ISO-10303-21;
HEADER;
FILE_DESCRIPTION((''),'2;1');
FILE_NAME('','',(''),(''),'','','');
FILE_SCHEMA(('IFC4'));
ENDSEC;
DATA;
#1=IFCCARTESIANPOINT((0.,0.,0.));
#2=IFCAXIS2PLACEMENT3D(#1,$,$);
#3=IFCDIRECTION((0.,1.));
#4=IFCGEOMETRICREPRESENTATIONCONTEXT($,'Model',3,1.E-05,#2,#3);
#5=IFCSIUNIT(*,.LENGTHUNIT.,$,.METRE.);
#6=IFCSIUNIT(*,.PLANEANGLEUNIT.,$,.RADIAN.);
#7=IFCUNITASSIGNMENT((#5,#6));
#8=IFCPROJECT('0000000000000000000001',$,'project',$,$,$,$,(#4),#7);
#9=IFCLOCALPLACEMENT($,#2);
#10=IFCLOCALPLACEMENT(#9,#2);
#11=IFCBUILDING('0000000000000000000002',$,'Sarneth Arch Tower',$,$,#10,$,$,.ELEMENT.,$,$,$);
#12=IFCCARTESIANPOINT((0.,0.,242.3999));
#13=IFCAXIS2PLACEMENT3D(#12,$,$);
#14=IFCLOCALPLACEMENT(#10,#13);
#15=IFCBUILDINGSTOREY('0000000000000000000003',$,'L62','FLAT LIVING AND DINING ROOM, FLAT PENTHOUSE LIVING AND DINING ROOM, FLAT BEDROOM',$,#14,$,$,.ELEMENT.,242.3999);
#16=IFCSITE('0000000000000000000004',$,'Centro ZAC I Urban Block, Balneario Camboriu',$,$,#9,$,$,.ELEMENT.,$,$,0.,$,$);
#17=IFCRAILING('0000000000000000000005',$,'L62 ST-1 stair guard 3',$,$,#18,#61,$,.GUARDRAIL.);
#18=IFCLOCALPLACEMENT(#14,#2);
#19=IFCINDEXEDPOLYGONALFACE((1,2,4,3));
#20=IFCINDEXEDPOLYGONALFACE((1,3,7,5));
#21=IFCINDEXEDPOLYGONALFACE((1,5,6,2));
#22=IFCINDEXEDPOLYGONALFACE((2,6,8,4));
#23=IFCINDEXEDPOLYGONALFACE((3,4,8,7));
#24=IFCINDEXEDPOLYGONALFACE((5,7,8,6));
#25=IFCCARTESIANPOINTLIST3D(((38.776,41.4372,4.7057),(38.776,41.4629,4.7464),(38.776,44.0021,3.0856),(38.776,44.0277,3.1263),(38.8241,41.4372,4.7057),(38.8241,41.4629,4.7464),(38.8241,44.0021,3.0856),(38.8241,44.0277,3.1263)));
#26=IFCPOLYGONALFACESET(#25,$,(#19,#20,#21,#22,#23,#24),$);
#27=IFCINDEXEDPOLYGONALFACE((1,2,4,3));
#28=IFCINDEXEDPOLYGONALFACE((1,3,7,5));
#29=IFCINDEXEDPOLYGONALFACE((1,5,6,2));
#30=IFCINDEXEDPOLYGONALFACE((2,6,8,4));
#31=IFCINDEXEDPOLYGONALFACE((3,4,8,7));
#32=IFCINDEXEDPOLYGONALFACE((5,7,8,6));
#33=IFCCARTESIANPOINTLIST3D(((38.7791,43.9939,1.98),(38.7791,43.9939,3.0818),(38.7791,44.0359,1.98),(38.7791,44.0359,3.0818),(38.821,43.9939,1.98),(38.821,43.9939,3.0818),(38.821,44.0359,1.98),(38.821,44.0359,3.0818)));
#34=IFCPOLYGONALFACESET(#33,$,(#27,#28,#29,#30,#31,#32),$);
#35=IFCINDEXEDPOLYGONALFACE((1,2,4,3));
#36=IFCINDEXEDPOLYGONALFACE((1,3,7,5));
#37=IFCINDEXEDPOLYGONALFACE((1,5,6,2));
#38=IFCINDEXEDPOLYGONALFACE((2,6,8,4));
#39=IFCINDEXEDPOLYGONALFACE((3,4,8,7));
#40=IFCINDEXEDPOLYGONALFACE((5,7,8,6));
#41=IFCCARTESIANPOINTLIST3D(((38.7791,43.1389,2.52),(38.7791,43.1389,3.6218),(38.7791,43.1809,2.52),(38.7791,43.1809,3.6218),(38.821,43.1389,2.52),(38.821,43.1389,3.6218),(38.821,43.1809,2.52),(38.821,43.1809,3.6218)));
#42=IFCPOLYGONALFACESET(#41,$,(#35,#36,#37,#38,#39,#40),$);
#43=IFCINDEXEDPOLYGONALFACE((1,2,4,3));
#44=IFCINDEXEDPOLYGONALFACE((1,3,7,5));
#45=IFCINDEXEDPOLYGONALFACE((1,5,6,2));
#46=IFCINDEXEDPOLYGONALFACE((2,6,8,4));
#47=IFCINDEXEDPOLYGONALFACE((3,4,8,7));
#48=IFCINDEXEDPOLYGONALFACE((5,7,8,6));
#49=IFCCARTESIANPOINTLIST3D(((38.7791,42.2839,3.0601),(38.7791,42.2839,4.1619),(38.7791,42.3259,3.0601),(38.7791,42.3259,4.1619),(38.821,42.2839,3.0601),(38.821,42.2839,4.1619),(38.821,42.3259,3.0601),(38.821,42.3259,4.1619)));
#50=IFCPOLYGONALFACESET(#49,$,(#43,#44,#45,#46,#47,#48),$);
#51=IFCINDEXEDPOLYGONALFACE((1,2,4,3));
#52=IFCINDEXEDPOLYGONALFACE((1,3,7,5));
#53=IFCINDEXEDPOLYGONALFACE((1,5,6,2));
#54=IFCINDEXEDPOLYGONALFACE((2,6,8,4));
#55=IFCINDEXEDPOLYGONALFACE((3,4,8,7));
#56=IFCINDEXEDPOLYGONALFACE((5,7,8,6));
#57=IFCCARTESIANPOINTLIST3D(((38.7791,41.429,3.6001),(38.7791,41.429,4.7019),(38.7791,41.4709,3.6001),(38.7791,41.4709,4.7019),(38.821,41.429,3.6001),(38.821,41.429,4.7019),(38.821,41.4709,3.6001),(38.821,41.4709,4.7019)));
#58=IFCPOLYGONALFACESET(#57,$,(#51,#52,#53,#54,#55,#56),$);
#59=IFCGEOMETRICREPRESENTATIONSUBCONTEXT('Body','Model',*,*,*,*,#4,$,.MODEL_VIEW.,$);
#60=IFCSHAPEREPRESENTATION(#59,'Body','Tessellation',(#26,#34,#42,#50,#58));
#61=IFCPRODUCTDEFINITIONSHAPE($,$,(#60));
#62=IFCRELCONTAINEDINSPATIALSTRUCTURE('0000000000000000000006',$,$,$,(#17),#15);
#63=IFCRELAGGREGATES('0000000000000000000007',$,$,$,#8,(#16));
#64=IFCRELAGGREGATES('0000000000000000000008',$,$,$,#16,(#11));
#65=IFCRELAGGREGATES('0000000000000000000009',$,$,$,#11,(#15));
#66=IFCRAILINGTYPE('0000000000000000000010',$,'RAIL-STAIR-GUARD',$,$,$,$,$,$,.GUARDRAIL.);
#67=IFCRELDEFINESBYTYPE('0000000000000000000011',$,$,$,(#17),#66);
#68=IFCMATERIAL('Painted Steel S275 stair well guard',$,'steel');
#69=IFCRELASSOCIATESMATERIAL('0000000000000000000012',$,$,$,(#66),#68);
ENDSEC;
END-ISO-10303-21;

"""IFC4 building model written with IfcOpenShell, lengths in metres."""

from ifc_helpers import new_model, si_unit, direction, frame, origin, origin_2d, place, context, subcontext, project, spatial, rectangle, extrude, material, type_object, element, save


model = new_model("IFC4")

# Units and contexts
model_context = context("Model", 3, precision=1e-05, world=origin(), true_north=direction((0.0, 1.0)))
body_context = subcontext(model_context, "Body", "Model", "MODEL_VIEW")
ifc_project = project(units=[si_unit("LENGTHUNIT", "METRE"), si_unit("PLANEANGLEUNIT", "RADIAN")], contexts=[model_context])

# Site, building, storey
site_placement = place(None, origin())
site = spatial("IfcSite", under=ifc_project, at=site_placement, Name="Centro ZAC I Urban Block, Balneario Camboriu", CompositionType="ELEMENT", RefElevation=0.0)
building_placement = place(site_placement, origin())
building = spatial("IfcBuilding", under=site, at=building_placement, Name="Sarneth Arch Tower", CompositionType="ELEMENT")
storey_placement = place(building_placement, frame((0.0, 0.0, 242.3999)))
storey = spatial("IfcBuildingStorey", under=building, at=storey_placement, Name="L62", Description="FLAT LIVING AND DINING ROOM, FLAT PENTHOUSE LIVING AND DINING ROOM, FLAT BEDROOM", CompositionType="ELEMENT", Elevation=242.3999)

# Railing
ifc_material_1 = material(Name="Painted Steel S275 stair well guard", Category="steel")
railing_type_1 = type_object("IfcRailingType", Name="RAIL-STAIR-GUARD", PredefinedType="GUARDRAIL", material=ifc_material_1)
railing_1_placement = place(storey_placement, frame((38.8, 44.0149, 1.98)))
element("IfcRailing", 1, at=railing_1_placement, inside=storey, type_object=railing_type_1, Name="L62 ST-1 stair guard 3", PredefinedType="GUARDRAIL", context=body_context, shape_type="SweptSolid", body=[
    extrude(rectangle(XDim=0.0481, YDim=0.0481, at=origin_2d()), frame((0.0, 0.0, 1.126), z_axis=(0.0, -0.845466, 0.534029), x_axis=(1.0, 0.0, 0.0)), (0.0, 0.0, 1.0), 3.0337),
    extrude(rectangle(XDim=0.042, YDim=0.042, at=origin_2d()), origin(), (0.0, 0.0, 1.0), 1.1018),
    extrude(rectangle(XDim=0.042, YDim=0.042, at=origin_2d()), frame((0.0, -0.855, 0.54)), (0.0, 0.0, 1.0), 1.1018),
    extrude(rectangle(XDim=0.042, YDim=0.042, at=origin_2d()), frame((0.0, -1.71, 1.0801)), (0.0, 0.0, 1.0), 1.1018),
    extrude(rectangle(XDim=0.042, YDim=0.042, at=origin_2d()), frame((0.0, -2.5649, 1.6201)), (0.0, 0.0, 1.0), 1.1018),
])

save(model, "model.ifc")
